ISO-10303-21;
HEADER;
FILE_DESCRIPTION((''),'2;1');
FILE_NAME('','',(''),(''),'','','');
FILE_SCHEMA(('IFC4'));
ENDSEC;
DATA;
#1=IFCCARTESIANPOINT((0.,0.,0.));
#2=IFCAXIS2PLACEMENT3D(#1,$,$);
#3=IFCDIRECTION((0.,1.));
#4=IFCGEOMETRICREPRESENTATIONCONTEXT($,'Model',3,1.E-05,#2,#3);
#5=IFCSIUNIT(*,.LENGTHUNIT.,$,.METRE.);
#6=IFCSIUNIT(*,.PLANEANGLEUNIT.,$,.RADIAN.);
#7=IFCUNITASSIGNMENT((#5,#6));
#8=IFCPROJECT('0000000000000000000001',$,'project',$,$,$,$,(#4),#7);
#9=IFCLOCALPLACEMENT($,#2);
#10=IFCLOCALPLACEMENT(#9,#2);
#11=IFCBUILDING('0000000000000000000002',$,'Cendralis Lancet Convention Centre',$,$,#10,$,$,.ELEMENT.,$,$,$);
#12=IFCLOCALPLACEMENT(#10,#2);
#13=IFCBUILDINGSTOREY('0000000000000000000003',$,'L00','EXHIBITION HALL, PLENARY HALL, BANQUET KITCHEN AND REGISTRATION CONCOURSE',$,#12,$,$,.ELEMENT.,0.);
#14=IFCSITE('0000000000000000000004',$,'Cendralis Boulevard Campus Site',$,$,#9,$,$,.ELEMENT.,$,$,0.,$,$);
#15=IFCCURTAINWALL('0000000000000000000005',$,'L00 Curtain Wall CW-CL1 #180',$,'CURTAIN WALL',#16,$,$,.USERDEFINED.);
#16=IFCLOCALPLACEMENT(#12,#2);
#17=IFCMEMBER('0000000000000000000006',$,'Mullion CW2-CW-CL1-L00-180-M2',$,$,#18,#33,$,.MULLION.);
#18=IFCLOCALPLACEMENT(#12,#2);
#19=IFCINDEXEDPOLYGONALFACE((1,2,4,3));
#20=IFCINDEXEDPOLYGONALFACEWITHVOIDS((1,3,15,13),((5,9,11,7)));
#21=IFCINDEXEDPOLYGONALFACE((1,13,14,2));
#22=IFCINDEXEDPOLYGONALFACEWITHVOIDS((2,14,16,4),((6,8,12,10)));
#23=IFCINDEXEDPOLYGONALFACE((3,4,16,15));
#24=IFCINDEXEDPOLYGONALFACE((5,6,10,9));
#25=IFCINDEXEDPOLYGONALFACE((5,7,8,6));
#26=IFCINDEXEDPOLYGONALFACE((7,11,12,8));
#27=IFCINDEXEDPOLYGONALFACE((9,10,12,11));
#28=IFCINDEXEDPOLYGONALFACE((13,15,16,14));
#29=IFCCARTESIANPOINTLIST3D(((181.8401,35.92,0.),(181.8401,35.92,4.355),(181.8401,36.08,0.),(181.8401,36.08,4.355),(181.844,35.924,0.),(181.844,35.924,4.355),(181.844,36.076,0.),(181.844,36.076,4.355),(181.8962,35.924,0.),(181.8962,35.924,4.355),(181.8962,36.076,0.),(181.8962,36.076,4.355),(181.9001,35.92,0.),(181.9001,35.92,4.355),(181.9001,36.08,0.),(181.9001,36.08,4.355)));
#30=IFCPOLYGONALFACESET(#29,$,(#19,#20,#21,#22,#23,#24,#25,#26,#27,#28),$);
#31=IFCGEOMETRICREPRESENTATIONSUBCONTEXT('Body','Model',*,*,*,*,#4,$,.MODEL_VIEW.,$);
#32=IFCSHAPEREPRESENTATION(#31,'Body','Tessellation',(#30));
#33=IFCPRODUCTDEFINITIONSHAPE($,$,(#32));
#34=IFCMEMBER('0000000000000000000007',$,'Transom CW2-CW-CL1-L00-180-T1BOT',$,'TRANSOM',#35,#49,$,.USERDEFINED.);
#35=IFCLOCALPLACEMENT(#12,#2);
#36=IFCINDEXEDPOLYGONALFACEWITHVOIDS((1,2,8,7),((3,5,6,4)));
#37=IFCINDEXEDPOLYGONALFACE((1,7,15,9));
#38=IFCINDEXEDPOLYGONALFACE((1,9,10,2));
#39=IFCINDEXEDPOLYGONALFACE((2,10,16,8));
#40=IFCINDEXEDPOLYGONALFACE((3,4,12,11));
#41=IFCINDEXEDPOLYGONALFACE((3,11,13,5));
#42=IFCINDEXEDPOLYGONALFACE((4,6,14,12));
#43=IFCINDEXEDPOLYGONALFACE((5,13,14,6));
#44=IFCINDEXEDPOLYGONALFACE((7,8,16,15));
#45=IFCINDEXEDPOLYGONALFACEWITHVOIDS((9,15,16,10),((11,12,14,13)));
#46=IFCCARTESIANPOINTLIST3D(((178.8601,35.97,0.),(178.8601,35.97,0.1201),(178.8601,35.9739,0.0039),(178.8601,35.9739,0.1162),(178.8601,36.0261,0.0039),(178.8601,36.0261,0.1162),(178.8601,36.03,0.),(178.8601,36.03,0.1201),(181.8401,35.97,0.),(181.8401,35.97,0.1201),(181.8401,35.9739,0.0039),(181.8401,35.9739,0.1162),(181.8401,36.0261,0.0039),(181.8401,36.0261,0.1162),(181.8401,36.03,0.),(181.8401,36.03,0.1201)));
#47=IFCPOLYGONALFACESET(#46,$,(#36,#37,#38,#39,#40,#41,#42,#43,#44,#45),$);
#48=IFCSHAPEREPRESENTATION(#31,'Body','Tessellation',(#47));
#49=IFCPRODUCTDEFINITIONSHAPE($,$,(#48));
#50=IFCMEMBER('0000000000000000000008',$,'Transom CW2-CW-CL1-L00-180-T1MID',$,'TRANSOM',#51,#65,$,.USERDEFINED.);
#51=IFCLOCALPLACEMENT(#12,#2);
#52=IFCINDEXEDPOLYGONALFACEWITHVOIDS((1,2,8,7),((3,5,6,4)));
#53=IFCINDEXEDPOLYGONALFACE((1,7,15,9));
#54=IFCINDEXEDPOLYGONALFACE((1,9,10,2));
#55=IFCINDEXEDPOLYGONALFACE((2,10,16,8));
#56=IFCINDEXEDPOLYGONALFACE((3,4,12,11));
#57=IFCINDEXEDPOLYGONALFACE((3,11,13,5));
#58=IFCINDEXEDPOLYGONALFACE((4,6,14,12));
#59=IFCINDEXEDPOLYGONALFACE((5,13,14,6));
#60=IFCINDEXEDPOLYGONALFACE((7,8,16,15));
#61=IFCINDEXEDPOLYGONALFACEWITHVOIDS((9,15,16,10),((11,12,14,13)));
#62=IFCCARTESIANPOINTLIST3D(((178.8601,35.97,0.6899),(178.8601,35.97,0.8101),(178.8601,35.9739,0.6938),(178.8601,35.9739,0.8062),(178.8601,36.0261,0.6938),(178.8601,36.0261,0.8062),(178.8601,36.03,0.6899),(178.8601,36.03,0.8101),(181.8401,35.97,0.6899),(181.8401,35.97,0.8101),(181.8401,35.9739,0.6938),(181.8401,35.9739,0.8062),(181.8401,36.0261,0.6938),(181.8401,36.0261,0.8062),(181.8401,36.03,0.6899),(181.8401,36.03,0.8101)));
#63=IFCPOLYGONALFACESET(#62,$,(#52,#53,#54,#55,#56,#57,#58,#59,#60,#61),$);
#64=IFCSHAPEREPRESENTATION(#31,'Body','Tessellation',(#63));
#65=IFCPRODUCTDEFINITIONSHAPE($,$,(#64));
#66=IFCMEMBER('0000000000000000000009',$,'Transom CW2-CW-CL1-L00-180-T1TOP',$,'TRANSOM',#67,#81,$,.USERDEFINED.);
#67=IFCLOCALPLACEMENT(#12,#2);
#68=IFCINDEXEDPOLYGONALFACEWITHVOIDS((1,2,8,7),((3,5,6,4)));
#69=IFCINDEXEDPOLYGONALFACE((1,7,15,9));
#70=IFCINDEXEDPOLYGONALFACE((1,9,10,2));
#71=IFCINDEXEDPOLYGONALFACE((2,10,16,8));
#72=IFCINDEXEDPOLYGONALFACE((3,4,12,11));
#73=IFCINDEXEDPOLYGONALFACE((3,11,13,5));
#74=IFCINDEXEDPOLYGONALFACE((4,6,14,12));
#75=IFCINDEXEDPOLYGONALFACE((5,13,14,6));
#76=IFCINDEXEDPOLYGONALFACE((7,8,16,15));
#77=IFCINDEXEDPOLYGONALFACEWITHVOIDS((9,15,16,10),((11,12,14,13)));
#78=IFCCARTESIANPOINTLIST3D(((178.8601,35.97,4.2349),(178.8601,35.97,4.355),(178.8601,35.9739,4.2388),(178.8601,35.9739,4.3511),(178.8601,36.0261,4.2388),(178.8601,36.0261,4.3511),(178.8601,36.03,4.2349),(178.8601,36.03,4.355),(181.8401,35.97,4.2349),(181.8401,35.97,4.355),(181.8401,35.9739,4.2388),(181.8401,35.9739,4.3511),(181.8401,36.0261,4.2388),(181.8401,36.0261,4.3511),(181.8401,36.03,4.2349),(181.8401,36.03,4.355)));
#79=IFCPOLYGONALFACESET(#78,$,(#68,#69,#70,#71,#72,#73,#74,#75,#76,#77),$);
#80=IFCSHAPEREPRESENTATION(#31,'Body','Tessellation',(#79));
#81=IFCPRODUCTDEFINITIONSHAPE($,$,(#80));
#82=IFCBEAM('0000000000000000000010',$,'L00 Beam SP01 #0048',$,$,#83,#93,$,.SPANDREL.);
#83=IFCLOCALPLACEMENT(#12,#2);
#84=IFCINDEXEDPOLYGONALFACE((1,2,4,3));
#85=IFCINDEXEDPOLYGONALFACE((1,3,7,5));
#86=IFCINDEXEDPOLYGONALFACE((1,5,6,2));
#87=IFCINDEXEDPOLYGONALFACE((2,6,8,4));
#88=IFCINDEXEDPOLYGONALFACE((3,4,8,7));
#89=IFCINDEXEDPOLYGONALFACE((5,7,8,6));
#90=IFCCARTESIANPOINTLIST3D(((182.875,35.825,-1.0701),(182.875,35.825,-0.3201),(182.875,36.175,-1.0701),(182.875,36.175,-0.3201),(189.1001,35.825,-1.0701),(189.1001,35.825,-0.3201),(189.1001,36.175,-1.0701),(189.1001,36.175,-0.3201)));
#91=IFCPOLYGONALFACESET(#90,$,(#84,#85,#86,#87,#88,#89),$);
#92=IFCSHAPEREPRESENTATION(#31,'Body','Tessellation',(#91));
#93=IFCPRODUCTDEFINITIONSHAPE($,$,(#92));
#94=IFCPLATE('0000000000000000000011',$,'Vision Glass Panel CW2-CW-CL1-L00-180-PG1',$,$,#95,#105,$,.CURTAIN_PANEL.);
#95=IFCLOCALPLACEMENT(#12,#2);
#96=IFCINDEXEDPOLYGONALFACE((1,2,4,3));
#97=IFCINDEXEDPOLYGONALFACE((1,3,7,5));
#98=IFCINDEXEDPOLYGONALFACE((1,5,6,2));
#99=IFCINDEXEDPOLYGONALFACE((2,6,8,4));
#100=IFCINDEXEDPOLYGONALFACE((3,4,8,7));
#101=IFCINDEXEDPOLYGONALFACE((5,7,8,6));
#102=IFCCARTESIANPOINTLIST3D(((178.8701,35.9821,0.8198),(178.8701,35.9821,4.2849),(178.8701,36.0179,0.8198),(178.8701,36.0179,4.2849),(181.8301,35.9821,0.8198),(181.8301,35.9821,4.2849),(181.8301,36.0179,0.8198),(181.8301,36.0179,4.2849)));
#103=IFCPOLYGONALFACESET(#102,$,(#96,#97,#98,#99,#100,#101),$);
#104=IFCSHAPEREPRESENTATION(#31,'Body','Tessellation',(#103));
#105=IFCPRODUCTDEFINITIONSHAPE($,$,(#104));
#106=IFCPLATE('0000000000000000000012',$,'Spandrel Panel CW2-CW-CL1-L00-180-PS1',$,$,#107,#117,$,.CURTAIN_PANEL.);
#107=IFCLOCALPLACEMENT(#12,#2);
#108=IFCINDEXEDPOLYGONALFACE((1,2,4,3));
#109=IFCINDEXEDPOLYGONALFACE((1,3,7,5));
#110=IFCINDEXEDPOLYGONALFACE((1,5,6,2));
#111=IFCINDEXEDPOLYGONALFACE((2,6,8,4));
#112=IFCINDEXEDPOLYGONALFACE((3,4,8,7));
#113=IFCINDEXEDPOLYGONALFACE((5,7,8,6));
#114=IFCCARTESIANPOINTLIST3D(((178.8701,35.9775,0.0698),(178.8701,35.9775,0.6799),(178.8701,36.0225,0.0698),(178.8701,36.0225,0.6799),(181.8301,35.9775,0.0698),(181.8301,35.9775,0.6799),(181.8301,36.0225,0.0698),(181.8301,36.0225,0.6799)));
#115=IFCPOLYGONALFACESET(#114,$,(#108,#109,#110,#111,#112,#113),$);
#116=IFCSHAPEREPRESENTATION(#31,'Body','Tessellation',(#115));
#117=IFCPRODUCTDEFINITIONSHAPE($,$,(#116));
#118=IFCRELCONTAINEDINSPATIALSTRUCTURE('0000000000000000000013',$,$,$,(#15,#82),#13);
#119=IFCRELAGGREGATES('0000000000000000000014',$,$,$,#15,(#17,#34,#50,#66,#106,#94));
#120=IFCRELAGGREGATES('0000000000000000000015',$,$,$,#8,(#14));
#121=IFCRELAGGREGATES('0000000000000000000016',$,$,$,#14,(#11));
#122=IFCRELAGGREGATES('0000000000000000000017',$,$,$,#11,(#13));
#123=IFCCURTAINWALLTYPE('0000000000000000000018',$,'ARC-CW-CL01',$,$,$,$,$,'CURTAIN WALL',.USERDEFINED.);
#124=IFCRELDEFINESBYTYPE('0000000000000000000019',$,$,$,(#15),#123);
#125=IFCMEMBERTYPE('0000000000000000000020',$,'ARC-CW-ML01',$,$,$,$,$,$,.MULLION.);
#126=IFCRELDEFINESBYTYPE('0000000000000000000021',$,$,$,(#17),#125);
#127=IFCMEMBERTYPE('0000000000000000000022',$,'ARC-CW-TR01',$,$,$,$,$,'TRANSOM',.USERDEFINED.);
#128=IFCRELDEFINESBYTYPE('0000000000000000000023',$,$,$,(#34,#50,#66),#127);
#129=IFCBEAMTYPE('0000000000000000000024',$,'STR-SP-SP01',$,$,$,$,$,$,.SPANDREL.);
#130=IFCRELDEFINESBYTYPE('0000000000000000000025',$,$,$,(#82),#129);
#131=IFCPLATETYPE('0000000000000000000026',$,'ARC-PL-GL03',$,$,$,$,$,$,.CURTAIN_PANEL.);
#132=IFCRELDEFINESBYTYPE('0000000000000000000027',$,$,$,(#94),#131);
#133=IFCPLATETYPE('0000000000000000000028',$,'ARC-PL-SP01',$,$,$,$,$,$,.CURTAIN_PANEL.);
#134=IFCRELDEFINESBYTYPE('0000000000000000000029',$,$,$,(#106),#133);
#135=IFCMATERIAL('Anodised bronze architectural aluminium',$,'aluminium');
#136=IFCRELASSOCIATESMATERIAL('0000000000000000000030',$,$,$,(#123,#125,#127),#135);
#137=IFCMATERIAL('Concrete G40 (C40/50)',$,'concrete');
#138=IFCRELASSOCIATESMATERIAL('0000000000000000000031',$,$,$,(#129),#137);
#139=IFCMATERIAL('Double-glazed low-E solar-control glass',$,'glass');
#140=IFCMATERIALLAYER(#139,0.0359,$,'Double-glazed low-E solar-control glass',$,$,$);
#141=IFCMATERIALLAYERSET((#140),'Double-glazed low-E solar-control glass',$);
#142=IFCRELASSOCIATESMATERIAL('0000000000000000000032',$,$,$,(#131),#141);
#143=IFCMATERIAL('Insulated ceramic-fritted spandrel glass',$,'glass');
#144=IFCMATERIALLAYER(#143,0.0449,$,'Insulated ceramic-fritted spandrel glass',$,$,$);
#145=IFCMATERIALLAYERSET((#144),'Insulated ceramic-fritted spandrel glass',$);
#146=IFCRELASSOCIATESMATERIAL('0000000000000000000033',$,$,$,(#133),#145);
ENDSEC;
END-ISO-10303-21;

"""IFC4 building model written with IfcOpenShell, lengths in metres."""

from ifc_helpers import new_model, si_unit, direction, frame, origin, origin_2d, place, context, subcontext, project, spatial, rectangle, hollow_rectangle, extrude, material, layer, layer_set, material_profile, profile_set, type_object, element, aggregate, save


model = new_model("IFC4")

# Units and contexts
model_context = context("Model", 3, precision=1e-05, world=origin(), true_north=direction((0.0, 1.0)))
body_context = subcontext(model_context, "Body", "Model", "MODEL_VIEW")
ifc_project = project(units=[si_unit("LENGTHUNIT", "METRE"), si_unit("PLANEANGLEUNIT", "RADIAN")], contexts=[model_context])

# Site, building, storey
site_placement = place(None, origin())
site = spatial("IfcSite", under=ifc_project, at=site_placement, Name="Cendralis Boulevard Campus Site", CompositionType="ELEMENT", RefElevation=0.0)
building_placement = place(site_placement, origin())
building = spatial("IfcBuilding", under=site, at=building_placement, Name="Cendralis Lancet Convention Centre", CompositionType="ELEMENT")
storey_placement = place(building_placement, origin())
storey = spatial("IfcBuildingStorey", under=building, at=storey_placement, Name="L00", Description="EXHIBITION HALL, PLENARY HALL, BANQUET KITCHEN AND REGISTRATION CONCOURSE", CompositionType="ELEMENT", Elevation=0.0)

# Shared definitions
ifc_material_1 = material(Name="Concrete G40 (C40/50)", Category="concrete")

# Curtain wall, members
ifc_material_2 = material(Name="Anodised bronze architectural aluminium", Category="aluminium")
curtain_wall_type = type_object("IfcCurtainWallType", Name="ARC-CW-CL01", ElementType="CURTAIN WALL", PredefinedType="USERDEFINED", material=ifc_material_2)
curtain_wall_placement = place(storey_placement, origin())
curtain_wall = element("IfcCurtainWall", 1, at=curtain_wall_placement, inside=storey, type_object=curtain_wall_type, Name="L00 Curtain Wall CW-CL1 #180", ObjectType="CURTAIN WALL", PredefinedType="USERDEFINED")
ifc_material_profile_1 = material_profile(ifc_material_2, hollow_rectangle(XDim=0.0601, YDim=0.1599, WallThickness=0.0039, at=origin_2d()), Name="AL-MULL 60x160x4.0")
ifc_profile_set_1 = profile_set([ifc_material_profile_1], Name="Anodised bronze architectural aluminium")
member_type_1 = type_object("IfcMemberType", Name="ARC-CW-ML01", PredefinedType="MULLION", material=ifc_profile_set_1)
member_1_placement = place(storey_placement, frame((181.8701, 36.0, 0.0), z_axis=(0.0, 0.0, 1.0), x_axis=(1.0, 0.0, 0.0)))
member_1 = element("IfcMember", 2, at=member_1_placement, type_object=member_type_1, Name="Mullion CW2-CW-CL1-L00-180-M2", PredefinedType="MULLION", context=body_context, shape_type="SweptSolid", body=[
    extrude(hollow_rectangle(XDim=0.0601, YDim=0.1599, WallThickness=0.0039, at=origin_2d()), origin(), (0.0, 0.0, 1.0), 4.355),
])
ifc_material_profile_2 = material_profile(ifc_material_2, hollow_rectangle(XDim=0.0601, YDim=0.1201, WallThickness=0.0039, at=origin_2d()), Name="AL-TRAN 60x120x4.0")
ifc_profile_set_2 = profile_set([ifc_material_profile_2], Name="Anodised bronze architectural aluminium")
member_type_2 = type_object("IfcMemberType", Name="ARC-CW-TR01", ElementType="TRANSOM", PredefinedType="USERDEFINED", material=ifc_profile_set_2)
member_2_placement = place(storey_placement, frame((178.8601, 36.0, 0.0601), z_axis=(1.0, 0.0, 0.0), x_axis=(0.0, 1.0, 0.0)))
member_2 = element("IfcMember", 3, at=member_2_placement, type_object=member_type_2, Name="Transom CW2-CW-CL1-L00-180-T1BOT", ObjectType="TRANSOM", PredefinedType="USERDEFINED", context=body_context, shape_type="SweptSolid", body=[
    extrude(hollow_rectangle(XDim=0.0601, YDim=0.1201, WallThickness=0.0039, at=origin_2d()), origin(), (0.0, 0.0, 1.0), 2.98),
])
member_3_placement = place(storey_placement, frame((178.8601, 36.0, 0.75), z_axis=(1.0, 0.0, 0.0), x_axis=(0.0, 1.0, 0.0)))
member_3 = element("IfcMember", 4, at=member_3_placement, type_object=member_type_2, Name="Transom CW2-CW-CL1-L00-180-T1MID", ObjectType="TRANSOM", PredefinedType="USERDEFINED", context=body_context, shape_type="SweptSolid", body=[
    extrude(hollow_rectangle(XDim=0.0601, YDim=0.1201, WallThickness=0.0039, at=origin_2d()), origin(), (0.0, 0.0, 1.0), 2.98),
])
member_4_placement = place(storey_placement, frame((178.8601, 36.0, 4.2949), z_axis=(1.0, 0.0, 0.0), x_axis=(0.0, 1.0, 0.0)))
member_4 = element("IfcMember", 5, at=member_4_placement, type_object=member_type_2, Name="Transom CW2-CW-CL1-L00-180-T1TOP", ObjectType="TRANSOM", PredefinedType="USERDEFINED", context=body_context, shape_type="SweptSolid", body=[
    extrude(hollow_rectangle(XDim=0.0601, YDim=0.1201, WallThickness=0.0039, at=origin_2d()), origin(), (0.0, 0.0, 1.0), 2.98),
])

# Beam
ifc_material_profile_3 = material_profile(ifc_material_1, rectangle(XDim=0.3501, YDim=0.75, at=origin_2d()), Name="RCB 350x750")
ifc_profile_set_3 = profile_set([ifc_material_profile_3], Name="Concrete G40 (C40/50)")
beam_type = type_object("IfcBeamType", Name="STR-SP-SP01", PredefinedType="SPANDREL", material=ifc_profile_set_3)
beam_placement = place(storey_placement, frame((182.875, 36.0, -0.6951), z_axis=(1.0, 0.0, 0.0), x_axis=(0.0, 1.0, 0.0)))
element("IfcBeam", 6, at=beam_placement, inside=storey, type_object=beam_type, Name="L00 Beam SP01 #0048", PredefinedType="SPANDREL", context=body_context, shape_type="SweptSolid", body=[
    extrude(rectangle(XDim=0.3501, YDim=0.75, at=origin_2d()), origin(), (0.0, 0.0, 1.0), 6.2251),
])

# Plates
ifc_material_3 = material(Name="Double-glazed low-E solar-control glass", Category="glass")
ifc_layer_1 = layer(ifc_material_3, 0.0359, Name="Double-glazed low-E solar-control glass")
ifc_layer_set_1 = layer_set([ifc_layer_1], Name="Double-glazed low-E solar-control glass")
plate_type_1 = type_object("IfcPlateType", Name="ARC-PL-GL03", PredefinedType="CURTAIN_PANEL", material=ifc_layer_set_1)
plate_1_placement = place(storey_placement, frame((180.3501, 36.0, 0.8198), z_axis=(0.0, 0.0, 1.0), x_axis=(1.0, 0.0, 0.0)))
plate_1 = element("IfcPlate", 7, at=plate_1_placement, type_object=plate_type_1, Name="Vision Glass Panel CW2-CW-CL1-L00-180-PG1", PredefinedType="CURTAIN_PANEL", context=body_context, shape_type="SweptSolid", body=[
    extrude(rectangle(XDim=2.96, YDim=0.0359, at=origin_2d()), origin(), (0.0, 0.0, 1.0), 3.4651),
])
ifc_material_4 = material(Name="Insulated ceramic-fritted spandrel glass", Category="glass")
ifc_layer_2 = layer(ifc_material_4, 0.0449, Name="Insulated ceramic-fritted spandrel glass")
ifc_layer_set_2 = layer_set([ifc_layer_2], Name="Insulated ceramic-fritted spandrel glass")
plate_type_2 = type_object("IfcPlateType", Name="ARC-PL-SP01", PredefinedType="CURTAIN_PANEL", material=ifc_layer_set_2)
plate_2_placement = place(storey_placement, frame((180.3501, 36.0, 0.0698), z_axis=(0.0, 0.0, 1.0), x_axis=(1.0, 0.0, 0.0)))
plate_2 = element("IfcPlate", 8, at=plate_2_placement, type_object=plate_type_2, Name="Spandrel Panel CW2-CW-CL1-L00-180-PS1", PredefinedType="CURTAIN_PANEL", context=body_context, shape_type="SweptSolid", body=[
    extrude(rectangle(XDim=2.96, YDim=0.0449, at=origin_2d()), origin(), (0.0, 0.0, 1.0), 0.6101),
])
aggregate(curtain_wall, [member_1, member_2, member_3, member_4, plate_2, plate_1])

save(model, "model.ifc")
